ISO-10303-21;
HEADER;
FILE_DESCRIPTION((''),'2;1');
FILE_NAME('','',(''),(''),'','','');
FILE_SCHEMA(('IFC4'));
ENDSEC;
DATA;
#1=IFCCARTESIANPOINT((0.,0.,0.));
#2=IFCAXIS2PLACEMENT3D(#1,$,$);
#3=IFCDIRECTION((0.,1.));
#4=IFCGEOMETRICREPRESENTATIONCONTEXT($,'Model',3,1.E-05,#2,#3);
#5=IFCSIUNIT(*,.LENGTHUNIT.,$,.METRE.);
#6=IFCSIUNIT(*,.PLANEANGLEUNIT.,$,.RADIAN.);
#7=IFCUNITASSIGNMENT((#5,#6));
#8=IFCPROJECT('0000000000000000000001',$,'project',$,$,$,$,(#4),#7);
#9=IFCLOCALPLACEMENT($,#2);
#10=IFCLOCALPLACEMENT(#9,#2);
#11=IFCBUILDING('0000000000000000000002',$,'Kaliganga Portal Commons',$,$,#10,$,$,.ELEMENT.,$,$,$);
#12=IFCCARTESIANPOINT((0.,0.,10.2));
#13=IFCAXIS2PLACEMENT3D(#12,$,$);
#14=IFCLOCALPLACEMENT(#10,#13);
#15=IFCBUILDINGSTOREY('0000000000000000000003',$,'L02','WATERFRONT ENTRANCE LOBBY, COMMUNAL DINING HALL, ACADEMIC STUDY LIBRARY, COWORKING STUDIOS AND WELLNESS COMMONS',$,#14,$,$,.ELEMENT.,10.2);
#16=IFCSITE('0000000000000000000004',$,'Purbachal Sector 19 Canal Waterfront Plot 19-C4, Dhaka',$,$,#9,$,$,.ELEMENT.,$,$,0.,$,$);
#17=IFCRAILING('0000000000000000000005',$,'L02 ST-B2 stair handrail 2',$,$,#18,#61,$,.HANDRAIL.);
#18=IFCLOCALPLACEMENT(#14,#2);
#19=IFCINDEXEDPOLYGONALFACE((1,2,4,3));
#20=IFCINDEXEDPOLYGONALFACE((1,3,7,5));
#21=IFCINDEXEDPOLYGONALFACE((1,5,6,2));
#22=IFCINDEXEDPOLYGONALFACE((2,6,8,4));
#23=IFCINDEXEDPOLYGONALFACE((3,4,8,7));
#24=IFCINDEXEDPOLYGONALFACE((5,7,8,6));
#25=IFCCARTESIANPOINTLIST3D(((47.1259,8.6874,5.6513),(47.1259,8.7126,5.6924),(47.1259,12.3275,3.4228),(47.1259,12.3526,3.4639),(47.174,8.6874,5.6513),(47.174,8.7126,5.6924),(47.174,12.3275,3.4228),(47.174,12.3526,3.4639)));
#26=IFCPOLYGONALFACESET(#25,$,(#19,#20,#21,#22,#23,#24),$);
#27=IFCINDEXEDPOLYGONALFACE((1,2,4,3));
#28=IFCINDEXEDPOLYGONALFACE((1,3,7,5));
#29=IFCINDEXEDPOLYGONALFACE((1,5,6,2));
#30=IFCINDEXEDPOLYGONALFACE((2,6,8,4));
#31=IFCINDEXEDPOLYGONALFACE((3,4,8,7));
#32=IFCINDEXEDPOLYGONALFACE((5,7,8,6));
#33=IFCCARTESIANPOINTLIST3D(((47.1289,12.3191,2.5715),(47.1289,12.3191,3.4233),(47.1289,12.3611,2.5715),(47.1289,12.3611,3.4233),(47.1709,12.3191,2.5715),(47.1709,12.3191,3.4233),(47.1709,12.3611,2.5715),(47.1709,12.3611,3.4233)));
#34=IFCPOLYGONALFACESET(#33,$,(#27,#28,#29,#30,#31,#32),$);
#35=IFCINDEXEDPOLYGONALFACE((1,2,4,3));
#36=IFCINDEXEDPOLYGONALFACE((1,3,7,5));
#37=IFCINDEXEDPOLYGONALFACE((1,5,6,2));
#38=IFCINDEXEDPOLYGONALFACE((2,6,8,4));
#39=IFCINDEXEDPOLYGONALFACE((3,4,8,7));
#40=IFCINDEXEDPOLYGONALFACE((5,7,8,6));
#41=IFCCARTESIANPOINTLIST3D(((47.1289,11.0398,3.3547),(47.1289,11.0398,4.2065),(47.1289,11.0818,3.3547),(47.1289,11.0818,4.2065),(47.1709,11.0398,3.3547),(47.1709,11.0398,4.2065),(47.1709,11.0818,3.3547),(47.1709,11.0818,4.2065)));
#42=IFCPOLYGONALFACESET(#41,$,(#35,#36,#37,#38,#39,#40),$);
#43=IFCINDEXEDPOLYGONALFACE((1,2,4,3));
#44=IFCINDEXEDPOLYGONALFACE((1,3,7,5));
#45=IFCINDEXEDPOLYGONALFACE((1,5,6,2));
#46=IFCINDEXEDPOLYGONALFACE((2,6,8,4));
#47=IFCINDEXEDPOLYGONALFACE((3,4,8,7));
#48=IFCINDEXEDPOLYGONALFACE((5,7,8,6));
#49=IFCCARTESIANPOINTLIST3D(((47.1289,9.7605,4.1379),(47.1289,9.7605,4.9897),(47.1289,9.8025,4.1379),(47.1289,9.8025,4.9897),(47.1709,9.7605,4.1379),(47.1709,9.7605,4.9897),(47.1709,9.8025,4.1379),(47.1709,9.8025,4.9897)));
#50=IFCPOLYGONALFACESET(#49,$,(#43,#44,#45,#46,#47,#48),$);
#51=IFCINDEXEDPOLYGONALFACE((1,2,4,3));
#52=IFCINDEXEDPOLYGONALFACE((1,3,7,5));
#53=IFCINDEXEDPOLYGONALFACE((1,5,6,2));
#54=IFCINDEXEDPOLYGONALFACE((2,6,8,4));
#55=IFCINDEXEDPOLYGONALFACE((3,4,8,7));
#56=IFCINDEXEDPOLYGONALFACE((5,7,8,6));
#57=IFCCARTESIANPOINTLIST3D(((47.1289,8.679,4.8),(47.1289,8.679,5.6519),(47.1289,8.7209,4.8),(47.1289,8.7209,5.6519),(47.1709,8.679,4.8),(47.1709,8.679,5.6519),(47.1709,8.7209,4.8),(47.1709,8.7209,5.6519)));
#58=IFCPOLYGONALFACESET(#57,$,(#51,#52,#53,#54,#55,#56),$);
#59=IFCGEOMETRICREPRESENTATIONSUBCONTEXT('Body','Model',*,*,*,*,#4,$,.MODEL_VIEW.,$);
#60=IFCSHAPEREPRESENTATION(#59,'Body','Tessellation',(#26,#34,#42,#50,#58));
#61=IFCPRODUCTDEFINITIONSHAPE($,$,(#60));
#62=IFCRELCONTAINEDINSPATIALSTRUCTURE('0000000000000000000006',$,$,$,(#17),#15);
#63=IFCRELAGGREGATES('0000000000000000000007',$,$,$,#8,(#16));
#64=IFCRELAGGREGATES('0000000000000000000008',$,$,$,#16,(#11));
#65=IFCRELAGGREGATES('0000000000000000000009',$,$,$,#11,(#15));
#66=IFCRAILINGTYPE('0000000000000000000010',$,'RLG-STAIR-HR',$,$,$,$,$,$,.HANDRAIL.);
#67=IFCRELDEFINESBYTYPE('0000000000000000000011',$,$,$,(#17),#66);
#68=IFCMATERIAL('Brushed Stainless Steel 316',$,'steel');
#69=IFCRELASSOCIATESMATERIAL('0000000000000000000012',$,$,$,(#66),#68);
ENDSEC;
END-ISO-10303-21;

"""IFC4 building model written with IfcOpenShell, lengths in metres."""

from ifc_helpers import new_model, si_unit, direction, frame, origin, origin_2d, place, context, subcontext, project, spatial, rectangle, extrude, material, type_object, element, save


model = new_model("IFC4")

# Units and contexts
model_context = context("Model", 3, precision=1e-05, world=origin(), true_north=direction((0.0, 1.0)))
body_context = subcontext(model_context, "Body", "Model", "MODEL_VIEW")
ifc_project = project(units=[si_unit("LENGTHUNIT", "METRE"), si_unit("PLANEANGLEUNIT", "RADIAN")], contexts=[model_context])

# Site, building, storey
site_placement = place(None, origin())
site = spatial("IfcSite", under=ifc_project, at=site_placement, Name="Purbachal Sector 19 Canal Waterfront Plot 19-C4, Dhaka", CompositionType="ELEMENT", RefElevation=0.0)
building_placement = place(site_placement, origin())
building = spatial("IfcBuilding", under=site, at=building_placement, Name="Kaliganga Portal Commons", CompositionType="ELEMENT")
storey_placement = place(building_placement, frame((0.0, 0.0, 10.2)))
storey = spatial("IfcBuildingStorey", under=building, at=storey_placement, Name="L02", Description="WATERFRONT ENTRANCE LOBBY, COMMUNAL DINING HALL, ACADEMIC STUDY LIBRARY, COWORKING STUDIOS AND WELLNESS COMMONS", CompositionType="ELEMENT", Elevation=10.2)

# Railing
ifc_material_1 = material(Name="Brushed Stainless Steel 316", Category="steel")
railing_type_1 = type_object("IfcRailingType", Name="RLG-STAIR-HR", PredefinedType="HANDRAIL", material=ifc_material_1)
for number, where, name in (
    (1, (47.1499, 12.3401, 2.5715), "L02 ST-B2 stair handrail 2"),
):
    element("IfcRailing", number, at=place(storey_placement, frame(where)), inside=storey, type_object=railing_type_1, Name=name, PredefinedType="HANDRAIL", context=body_context, shape_type="SweptSolid", body=[
        extrude(rectangle(XDim=0.0481, YDim=0.0481, at=origin_2d()), frame((0.0, 0.0, 0.8718), z_axis=(0.0, -0.852866, 0.52213), x_axis=(1.0, 0.0, 0.0)), (0.0, 0.0, 1.0), 4.2681),
        extrude(rectangle(XDim=0.042, YDim=0.042, at=origin_2d()), origin(), (0.0, 0.0, 1.0), 0.8518),
        extrude(rectangle(XDim=0.042, YDim=0.042, at=origin_2d()), frame((0.0, -1.2793, 0.7832)), (0.0, 0.0, 1.0), 0.8518),
        extrude(rectangle(XDim=0.042, YDim=0.042, at=origin_2d()), frame((0.0, -2.5586, 1.5664)), (0.0, 0.0, 1.0), 0.8518),
        extrude(rectangle(XDim=0.042, YDim=0.042, at=origin_2d()), frame((0.0, -3.6401, 2.2285)), (0.0, 0.0, 1.0), 0.8518),
    ])

save(model, "model.ifc")
